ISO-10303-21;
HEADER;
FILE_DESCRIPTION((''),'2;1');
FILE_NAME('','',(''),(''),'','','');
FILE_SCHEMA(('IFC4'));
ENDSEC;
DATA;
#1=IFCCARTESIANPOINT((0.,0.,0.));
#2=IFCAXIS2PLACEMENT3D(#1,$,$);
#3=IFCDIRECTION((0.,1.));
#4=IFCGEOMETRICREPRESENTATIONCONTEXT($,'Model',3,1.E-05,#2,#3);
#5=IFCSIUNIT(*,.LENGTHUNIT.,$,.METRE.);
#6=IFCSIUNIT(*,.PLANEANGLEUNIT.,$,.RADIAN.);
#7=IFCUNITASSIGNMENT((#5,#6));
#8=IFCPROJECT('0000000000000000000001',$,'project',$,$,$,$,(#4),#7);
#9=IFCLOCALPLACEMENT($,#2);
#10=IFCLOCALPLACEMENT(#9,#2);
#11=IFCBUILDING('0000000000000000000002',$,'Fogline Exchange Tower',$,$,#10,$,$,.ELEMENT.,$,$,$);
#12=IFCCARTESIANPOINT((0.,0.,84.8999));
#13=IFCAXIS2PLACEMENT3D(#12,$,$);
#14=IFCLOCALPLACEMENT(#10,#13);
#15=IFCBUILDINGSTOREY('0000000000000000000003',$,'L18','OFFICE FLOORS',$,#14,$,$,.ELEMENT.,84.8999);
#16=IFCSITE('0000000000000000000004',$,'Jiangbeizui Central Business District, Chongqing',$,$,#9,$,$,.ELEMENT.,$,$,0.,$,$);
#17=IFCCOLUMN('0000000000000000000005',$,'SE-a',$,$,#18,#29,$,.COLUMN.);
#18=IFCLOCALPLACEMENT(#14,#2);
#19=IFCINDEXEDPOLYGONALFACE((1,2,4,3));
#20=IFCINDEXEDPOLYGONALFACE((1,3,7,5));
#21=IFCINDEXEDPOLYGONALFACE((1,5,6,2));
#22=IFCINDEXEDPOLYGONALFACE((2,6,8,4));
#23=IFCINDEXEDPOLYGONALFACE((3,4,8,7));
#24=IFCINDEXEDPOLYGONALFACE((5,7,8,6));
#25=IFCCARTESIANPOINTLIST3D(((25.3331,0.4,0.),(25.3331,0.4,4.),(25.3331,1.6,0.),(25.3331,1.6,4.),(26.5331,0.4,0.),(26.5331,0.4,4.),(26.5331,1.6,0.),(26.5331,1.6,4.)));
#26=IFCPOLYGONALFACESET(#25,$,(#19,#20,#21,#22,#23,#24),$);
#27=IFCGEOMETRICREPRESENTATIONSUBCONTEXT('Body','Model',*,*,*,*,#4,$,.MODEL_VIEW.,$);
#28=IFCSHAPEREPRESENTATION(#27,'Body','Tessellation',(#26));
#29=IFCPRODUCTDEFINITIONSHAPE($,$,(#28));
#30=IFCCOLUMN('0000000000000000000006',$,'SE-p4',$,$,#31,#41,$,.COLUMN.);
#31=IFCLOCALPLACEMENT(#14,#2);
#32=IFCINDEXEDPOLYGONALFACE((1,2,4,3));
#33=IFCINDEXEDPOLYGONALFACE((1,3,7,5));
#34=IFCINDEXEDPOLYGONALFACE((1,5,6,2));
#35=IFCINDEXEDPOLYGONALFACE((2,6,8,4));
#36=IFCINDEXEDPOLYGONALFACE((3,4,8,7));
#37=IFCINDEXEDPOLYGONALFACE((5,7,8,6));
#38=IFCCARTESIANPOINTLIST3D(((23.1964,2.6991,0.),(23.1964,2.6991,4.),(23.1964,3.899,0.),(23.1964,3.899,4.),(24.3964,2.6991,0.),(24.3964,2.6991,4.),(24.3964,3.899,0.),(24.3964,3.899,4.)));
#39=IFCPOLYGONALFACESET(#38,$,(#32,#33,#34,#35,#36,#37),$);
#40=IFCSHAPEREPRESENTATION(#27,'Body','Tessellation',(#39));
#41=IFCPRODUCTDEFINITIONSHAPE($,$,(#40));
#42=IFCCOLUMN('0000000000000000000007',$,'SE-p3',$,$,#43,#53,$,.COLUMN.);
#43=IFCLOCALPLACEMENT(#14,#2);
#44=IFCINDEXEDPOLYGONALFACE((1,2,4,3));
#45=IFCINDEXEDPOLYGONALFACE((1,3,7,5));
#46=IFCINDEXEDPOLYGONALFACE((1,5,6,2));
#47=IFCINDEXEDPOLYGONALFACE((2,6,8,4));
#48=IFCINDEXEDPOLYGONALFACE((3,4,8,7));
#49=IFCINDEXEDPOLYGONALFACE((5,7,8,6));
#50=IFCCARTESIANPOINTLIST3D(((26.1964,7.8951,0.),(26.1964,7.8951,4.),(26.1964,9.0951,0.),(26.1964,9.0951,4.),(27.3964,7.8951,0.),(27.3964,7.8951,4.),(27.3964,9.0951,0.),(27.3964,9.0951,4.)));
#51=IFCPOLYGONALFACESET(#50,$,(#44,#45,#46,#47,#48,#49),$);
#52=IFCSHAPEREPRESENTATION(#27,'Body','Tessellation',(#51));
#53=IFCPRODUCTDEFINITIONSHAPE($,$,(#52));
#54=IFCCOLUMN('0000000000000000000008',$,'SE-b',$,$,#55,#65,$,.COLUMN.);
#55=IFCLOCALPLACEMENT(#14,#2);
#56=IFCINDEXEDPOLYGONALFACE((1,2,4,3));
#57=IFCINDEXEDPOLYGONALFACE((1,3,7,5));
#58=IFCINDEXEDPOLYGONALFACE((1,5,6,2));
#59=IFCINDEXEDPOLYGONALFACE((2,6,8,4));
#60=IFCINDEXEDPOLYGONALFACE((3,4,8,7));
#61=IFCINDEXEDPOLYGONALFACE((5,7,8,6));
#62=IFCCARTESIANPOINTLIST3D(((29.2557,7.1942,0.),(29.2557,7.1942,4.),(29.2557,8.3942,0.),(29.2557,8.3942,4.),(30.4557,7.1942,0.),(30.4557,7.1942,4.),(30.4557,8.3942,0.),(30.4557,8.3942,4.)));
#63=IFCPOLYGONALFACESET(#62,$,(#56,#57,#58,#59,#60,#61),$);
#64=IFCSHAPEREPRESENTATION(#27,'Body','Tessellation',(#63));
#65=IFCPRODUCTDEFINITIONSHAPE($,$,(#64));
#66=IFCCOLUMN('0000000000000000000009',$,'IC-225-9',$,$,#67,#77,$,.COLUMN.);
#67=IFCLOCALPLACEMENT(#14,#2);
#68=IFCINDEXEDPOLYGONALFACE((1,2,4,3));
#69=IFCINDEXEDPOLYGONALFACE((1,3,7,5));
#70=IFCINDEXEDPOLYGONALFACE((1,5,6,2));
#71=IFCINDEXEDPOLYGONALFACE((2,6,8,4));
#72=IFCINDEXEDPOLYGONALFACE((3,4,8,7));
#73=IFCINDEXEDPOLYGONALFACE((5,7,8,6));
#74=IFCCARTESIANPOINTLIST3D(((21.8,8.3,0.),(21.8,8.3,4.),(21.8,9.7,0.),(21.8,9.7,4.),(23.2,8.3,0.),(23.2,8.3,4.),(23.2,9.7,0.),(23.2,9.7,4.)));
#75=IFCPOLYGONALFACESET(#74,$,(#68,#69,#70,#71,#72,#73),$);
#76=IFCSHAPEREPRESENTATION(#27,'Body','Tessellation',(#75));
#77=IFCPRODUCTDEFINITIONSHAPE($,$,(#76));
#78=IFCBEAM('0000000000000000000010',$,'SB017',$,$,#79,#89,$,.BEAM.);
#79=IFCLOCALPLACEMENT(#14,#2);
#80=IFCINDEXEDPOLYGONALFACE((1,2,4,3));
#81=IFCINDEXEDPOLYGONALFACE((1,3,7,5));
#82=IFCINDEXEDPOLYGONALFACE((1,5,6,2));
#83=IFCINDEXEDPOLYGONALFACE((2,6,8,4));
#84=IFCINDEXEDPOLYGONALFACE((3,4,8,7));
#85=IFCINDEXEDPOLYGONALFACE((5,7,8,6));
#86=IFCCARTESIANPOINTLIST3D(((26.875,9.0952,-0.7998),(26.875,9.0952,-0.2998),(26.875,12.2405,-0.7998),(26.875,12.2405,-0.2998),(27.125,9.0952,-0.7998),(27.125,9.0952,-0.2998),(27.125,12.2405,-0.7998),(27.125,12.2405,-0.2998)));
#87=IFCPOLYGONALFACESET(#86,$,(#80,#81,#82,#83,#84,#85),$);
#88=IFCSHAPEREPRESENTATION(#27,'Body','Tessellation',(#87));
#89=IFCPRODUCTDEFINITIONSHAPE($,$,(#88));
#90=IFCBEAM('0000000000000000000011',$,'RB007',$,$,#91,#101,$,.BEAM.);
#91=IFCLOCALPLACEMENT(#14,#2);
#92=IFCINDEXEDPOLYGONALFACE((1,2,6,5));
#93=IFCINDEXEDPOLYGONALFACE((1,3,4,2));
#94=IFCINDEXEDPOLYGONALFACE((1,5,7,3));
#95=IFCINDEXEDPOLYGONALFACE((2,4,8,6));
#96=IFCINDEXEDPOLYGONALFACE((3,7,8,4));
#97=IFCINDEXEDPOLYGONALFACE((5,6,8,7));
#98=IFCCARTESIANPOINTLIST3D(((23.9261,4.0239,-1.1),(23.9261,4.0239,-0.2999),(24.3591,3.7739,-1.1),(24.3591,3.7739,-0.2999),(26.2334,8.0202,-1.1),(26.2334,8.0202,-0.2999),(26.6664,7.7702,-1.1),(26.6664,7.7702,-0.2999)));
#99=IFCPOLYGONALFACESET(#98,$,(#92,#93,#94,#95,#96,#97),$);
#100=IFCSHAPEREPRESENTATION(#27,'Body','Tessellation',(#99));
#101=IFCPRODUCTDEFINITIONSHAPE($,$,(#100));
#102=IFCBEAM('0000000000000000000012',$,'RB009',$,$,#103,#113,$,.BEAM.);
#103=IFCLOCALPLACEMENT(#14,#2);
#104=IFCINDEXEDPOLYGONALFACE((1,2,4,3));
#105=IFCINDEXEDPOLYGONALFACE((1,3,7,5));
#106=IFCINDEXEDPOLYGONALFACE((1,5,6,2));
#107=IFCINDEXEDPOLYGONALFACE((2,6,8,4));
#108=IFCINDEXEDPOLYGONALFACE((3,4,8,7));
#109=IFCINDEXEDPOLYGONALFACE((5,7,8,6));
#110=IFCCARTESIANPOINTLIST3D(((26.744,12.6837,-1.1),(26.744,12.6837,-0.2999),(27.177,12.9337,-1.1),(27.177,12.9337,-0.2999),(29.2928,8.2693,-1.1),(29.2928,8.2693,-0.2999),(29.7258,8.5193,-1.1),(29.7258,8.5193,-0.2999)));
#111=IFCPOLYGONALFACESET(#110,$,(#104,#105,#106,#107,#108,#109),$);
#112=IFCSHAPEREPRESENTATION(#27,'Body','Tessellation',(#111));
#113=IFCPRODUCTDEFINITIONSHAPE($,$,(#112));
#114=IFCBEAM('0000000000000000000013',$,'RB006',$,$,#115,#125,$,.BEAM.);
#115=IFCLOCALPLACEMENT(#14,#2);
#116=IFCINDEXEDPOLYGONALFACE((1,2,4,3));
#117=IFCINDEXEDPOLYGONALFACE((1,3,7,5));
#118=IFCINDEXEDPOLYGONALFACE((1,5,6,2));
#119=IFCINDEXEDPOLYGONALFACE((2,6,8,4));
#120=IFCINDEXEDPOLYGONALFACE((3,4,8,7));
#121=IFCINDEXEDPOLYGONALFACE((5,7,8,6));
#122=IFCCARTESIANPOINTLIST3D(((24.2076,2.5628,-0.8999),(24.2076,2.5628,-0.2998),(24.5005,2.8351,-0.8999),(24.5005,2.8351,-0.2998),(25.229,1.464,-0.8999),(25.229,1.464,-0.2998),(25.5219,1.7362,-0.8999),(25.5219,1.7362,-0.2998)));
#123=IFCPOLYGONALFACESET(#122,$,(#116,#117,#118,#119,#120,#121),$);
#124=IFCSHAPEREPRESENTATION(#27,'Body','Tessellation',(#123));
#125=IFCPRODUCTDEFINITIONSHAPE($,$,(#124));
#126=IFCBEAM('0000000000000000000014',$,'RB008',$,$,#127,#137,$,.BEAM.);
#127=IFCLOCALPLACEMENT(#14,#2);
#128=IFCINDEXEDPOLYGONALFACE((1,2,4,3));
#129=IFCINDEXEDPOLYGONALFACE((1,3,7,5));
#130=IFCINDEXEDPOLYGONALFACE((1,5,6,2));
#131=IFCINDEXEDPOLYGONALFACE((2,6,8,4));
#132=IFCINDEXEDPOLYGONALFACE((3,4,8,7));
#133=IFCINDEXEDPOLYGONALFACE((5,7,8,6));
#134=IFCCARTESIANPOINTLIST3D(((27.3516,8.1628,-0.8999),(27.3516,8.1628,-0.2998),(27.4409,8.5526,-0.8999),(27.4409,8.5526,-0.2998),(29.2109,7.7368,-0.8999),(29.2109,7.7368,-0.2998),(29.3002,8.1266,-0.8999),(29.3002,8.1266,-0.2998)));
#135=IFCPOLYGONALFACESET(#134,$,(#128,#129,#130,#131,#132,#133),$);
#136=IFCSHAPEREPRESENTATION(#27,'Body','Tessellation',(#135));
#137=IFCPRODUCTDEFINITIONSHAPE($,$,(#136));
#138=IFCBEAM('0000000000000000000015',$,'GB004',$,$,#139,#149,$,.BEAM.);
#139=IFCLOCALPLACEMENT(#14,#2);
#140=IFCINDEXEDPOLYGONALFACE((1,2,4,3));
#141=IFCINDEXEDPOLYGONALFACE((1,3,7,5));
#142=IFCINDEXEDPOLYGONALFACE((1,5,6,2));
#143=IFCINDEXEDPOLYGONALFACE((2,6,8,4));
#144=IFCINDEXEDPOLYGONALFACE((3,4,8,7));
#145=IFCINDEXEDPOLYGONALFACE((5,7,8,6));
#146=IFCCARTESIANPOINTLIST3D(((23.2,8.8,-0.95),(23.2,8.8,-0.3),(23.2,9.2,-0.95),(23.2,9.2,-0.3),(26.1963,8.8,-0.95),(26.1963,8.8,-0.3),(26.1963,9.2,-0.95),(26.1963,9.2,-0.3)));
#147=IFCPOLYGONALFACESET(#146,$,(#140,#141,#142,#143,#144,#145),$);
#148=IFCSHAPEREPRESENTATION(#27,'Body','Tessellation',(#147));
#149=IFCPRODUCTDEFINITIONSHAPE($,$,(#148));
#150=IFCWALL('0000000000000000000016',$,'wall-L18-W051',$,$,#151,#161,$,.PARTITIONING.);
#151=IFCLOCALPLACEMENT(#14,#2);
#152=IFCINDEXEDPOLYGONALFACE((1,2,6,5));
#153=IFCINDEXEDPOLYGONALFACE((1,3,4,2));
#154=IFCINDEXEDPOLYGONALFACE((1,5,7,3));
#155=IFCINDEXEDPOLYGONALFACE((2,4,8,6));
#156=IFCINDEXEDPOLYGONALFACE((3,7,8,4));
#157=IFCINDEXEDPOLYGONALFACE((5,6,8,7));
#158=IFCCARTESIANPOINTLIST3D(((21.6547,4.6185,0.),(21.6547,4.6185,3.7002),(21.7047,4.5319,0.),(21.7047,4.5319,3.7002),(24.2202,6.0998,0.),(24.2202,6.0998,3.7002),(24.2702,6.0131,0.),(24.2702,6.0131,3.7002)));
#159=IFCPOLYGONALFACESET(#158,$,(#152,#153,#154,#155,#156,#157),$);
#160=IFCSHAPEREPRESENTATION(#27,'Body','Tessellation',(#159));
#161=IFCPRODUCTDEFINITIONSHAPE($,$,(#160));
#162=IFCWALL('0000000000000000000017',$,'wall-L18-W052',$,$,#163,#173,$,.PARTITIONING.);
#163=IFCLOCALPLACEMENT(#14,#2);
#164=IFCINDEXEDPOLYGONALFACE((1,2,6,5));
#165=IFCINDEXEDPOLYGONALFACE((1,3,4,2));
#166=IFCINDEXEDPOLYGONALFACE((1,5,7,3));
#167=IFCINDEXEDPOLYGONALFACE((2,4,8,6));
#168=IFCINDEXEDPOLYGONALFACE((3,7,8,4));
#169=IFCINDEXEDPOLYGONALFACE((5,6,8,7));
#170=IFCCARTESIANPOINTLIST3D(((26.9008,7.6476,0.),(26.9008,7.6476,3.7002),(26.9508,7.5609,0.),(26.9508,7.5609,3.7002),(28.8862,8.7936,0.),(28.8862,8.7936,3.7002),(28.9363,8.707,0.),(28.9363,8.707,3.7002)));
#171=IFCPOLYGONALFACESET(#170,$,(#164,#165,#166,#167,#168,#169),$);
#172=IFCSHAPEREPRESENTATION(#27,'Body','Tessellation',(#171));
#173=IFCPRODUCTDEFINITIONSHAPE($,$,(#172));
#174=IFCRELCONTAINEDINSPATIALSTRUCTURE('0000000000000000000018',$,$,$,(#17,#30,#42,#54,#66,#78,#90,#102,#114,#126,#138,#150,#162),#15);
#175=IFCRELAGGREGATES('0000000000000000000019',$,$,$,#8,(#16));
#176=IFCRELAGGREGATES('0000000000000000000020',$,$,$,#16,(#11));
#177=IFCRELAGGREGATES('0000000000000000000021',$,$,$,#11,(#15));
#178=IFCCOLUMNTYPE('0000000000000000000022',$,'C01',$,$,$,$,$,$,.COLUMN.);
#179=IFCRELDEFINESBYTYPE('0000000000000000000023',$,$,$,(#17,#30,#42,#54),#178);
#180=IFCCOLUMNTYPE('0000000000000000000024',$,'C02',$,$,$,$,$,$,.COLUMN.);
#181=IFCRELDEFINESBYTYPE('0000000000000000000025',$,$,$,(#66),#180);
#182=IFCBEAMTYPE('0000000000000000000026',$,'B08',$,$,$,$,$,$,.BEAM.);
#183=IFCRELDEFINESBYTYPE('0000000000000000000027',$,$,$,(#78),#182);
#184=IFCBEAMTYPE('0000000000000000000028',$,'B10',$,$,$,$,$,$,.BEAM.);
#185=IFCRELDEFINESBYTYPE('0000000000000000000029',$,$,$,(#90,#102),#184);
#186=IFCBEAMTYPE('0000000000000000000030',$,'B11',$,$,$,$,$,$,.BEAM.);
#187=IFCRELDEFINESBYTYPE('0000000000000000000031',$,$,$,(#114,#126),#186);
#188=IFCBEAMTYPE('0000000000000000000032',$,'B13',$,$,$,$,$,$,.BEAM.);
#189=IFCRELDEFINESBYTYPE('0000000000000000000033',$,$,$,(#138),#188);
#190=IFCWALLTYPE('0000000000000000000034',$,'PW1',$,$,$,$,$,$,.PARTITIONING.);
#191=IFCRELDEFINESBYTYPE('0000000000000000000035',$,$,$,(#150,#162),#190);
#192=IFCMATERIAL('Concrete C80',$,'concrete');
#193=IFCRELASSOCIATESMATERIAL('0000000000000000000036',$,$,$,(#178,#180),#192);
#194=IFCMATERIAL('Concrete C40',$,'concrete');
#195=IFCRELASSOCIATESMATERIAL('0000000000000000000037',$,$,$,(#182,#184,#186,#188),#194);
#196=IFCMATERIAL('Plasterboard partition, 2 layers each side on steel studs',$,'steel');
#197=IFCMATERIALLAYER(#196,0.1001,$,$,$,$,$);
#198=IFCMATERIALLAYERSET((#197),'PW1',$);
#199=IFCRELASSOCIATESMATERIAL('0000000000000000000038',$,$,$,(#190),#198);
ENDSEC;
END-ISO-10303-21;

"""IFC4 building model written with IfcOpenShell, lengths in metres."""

from ifc_helpers import new_model, si_unit, direction, frame, frame_2d, origin, origin_2d, place, context, subcontext, project, spatial, rectangle, extrude, material, layer, layer_set, material_profile, profile_set, type_object, element, save


model = new_model("IFC4")

# Units and contexts
model_context = context("Model", 3, precision=1e-05, world=origin(), true_north=direction((0.0, 1.0)))
body_context = subcontext(model_context, "Body", "Model", "MODEL_VIEW")
ifc_project = project(units=[si_unit("LENGTHUNIT", "METRE"), si_unit("PLANEANGLEUNIT", "RADIAN")], contexts=[model_context])

# Site, building, storey
site_placement = place(None, origin())
site = spatial("IfcSite", under=ifc_project, at=site_placement, Name="Jiangbeizui Central Business District, Chongqing", CompositionType="ELEMENT", RefElevation=0.0)
building_placement = place(site_placement, origin())
building = spatial("IfcBuilding", under=site, at=building_placement, Name="Fogline Exchange Tower", CompositionType="ELEMENT")
storey_placement = place(building_placement, frame((0.0, 0.0, 84.8999)))
storey = spatial("IfcBuildingStorey", under=building, at=storey_placement, Name="L18", Description="OFFICE FLOORS", CompositionType="ELEMENT", Elevation=84.8999)

# Columns
ifc_material_1 = material(Name="Concrete C80", Category="concrete")
ifc_material_profile_1 = material_profile(ifc_material_1, rectangle(XDim=1.2, YDim=1.2, at=origin_2d()), Name="RC 1200x1200")
ifc_profile_set_1 = profile_set([ifc_material_profile_1], Name="Concrete C80")
column_type_1 = type_object("IfcColumnType", Name="C01", PredefinedType="COLUMN", material=ifc_profile_set_1)
for number, where, z_axis, x_axis, name in (
    (1, (25.9331, 1.0, 0.0), (0.0, 0.0, 1.0), (1.0, 0.0, 0.0), "SE-a"),
    (2, (23.7964, 3.2991, 0.0), (0.0, 0.0, 1.0), (1.0, 0.0, 0.0), "SE-p4"),
    (3, (26.7964, 8.4951, 0.0), (0.0, 0.0, 1.0), (1.0, 0.0, 0.0), "SE-p3"),
    (4, (29.8557, 7.7942, 0.0), (0.0, 0.0, 1.0), (1.0, 0.0, 0.0), "SE-b"),
):
    element("IfcColumn", number, at=place(storey_placement, frame(where, z_axis=z_axis, x_axis=x_axis)), inside=storey, type_object=column_type_1, Name=name, PredefinedType="COLUMN", context=body_context, shape_type="SweptSolid", body=[
        extrude(rectangle(XDim=1.2, YDim=1.2, at=origin_2d()), origin(), (0.0, 0.0, 1.0), 4.0),
    ])
ifc_material_profile_2 = material_profile(ifc_material_1, rectangle(XDim=1.3999, YDim=1.3999, at=origin_2d()), Name="RC 1400x1400")
ifc_profile_set_2 = profile_set([ifc_material_profile_2], Name="Concrete C80")
column_type_2 = type_object("IfcColumnType", Name="C02", PredefinedType="COLUMN", material=ifc_profile_set_2)
column_placement = place(storey_placement, frame((22.5, 9.0, 0.0), z_axis=(0.0, 0.0, 1.0), x_axis=(1.0, 0.0, 0.0)))
element("IfcColumn", 5, at=column_placement, inside=storey, type_object=column_type_2, Name="IC-225-9", PredefinedType="COLUMN", context=body_context, shape_type="SweptSolid", body=[
    extrude(rectangle(XDim=1.3999, YDim=1.3999, at=origin_2d()), origin(), (0.0, 0.0, 1.0), 4.0),
])

# Beams
ifc_material_2 = material(Name="Concrete C40", Category="concrete")
ifc_material_profile_3 = material_profile(ifc_material_2, rectangle(XDim=0.25, YDim=0.5, at=origin_2d()), Name="RC 250x500")
ifc_profile_set_3 = profile_set([ifc_material_profile_3], Name="Concrete C40")
beam_type_1 = type_object("IfcBeamType", Name="B08", PredefinedType="BEAM", material=ifc_profile_set_3)
beam_1_placement = place(storey_placement, frame((27.0, 9.0952, -0.5498), z_axis=(0.0, 1.0, 0.0), x_axis=(-1.0, 0.0, 0.0)))
element("IfcBeam", 6, at=beam_1_placement, inside=storey, type_object=beam_type_1, Name="SB017", PredefinedType="BEAM", context=body_context, shape_type="SweptSolid", body=[
    extrude(rectangle(XDim=0.25, YDim=0.5, at=origin_2d()), origin(), (0.0, 0.0, 1.0), 3.1453),
])
ifc_material_profile_4 = material_profile(ifc_material_2, rectangle(XDim=0.5, YDim=0.8, at=origin_2d()), Name="RC 500x800")
ifc_profile_set_4 = profile_set([ifc_material_profile_4], Name="Concrete C40")
beam_type_2 = type_object("IfcBeamType", Name="B10", PredefinedType="BEAM", material=ifc_profile_set_4)
beam_2_placement = place(storey_placement, frame((24.1426, 3.8989, -0.7), z_axis=(0.500014, 0.866017, 0.0), x_axis=(-0.866017, 0.500014, 0.0)))
element("IfcBeam", 7, at=beam_2_placement, inside=storey, type_object=beam_type_2, Name="RB007", PredefinedType="BEAM", context=body_context, shape_type="SweptSolid", body=[
    extrude(rectangle(XDim=0.5, YDim=0.8, at=origin_2d()), origin(), (0.0, 0.0, 1.0), 4.6145),
])
beam_3_placement = place(storey_placement, frame((29.5093, 8.3943, -0.7), z_axis=(-0.500013, 0.866018, 0.0), x_axis=(-0.866018, -0.500013, 0.0)))
element("IfcBeam", 8, at=beam_3_placement, inside=storey, type_object=beam_type_2, Name="RB009", PredefinedType="BEAM", context=body_context, shape_type="SweptSolid", body=[
    extrude(rectangle(XDim=0.5, YDim=0.8, at=origin_2d()), origin(), (0.0, 0.0, 1.0), 5.0974),
])
ifc_material_profile_5 = material_profile(ifc_material_2, rectangle(XDim=0.3999, YDim=0.6001, at=origin_2d()), Name="RC 400x600")
ifc_profile_set_5 = profile_set([ifc_material_profile_5], Name="Concrete C40")
beam_type_3 = type_object("IfcBeamType", Name="B11", PredefinedType="BEAM", material=ifc_profile_set_5)
beam_4_placement = place(storey_placement, frame((25.3755, 1.6001, -0.5999), z_axis=(-0.680844, 0.732428, 0.0), x_axis=(-0.732428, -0.680844, 0.0)))
element("IfcBeam", 9, at=beam_4_placement, inside=storey, type_object=beam_type_3, Name="RB006", PredefinedType="BEAM", context=body_context, shape_type="SweptSolid", body=[
    extrude(rectangle(XDim=0.3999, YDim=0.6001, at=origin_2d()), origin(), (0.0, 0.0, 1.0), 1.5002),
])
beam_5_placement = place(storey_placement, frame((27.3962, 8.3577, -0.5999), z_axis=(0.974742, -0.223336, 0.0), x_axis=(0.223336, 0.974742, 0.0)))
element("IfcBeam", 10, at=beam_5_placement, inside=storey, type_object=beam_type_3, Name="RB008", PredefinedType="BEAM", context=body_context, shape_type="SweptSolid", body=[
    extrude(rectangle(XDim=0.3999, YDim=0.6001, at=origin_2d()), origin(), (0.0, 0.0, 1.0), 1.9075),
])
ifc_material_profile_6 = material_profile(ifc_material_2, rectangle(XDim=0.3999, YDim=0.6499, at=origin_2d()), Name="RC 400x650")
ifc_profile_set_6 = profile_set([ifc_material_profile_6], Name="Concrete C40")
beam_type_4 = type_object("IfcBeamType", Name="B13", PredefinedType="BEAM", material=ifc_profile_set_6)
beam_6_placement = place(storey_placement, frame((23.2, 9.0, -0.625), z_axis=(1.0, 0.0, 0.0), x_axis=(0.0, 1.0, 0.0)))
element("IfcBeam", 11, at=beam_6_placement, inside=storey, type_object=beam_type_4, Name="GB004", PredefinedType="BEAM", context=body_context, shape_type="SweptSolid", body=[
    extrude(rectangle(XDim=0.3999, YDim=0.6499, at=origin_2d()), origin(), (0.0, 0.0, 1.0), 2.9963),
])

# Walls
ifc_material_3 = material(Name="Plasterboard partition, 2 layers each side on steel studs", Category="steel")
ifc_layer_1 = layer(ifc_material_3, 0.1001)
ifc_layer_set_1 = layer_set([ifc_layer_1], Name="PW1")
wall_type_1 = type_object("IfcWallType", Name="PW1", PredefinedType="PARTITIONING", material=ifc_layer_set_1)
wall_1_placement = place(storey_placement, frame((21.6797, 4.5752, 0.0), z_axis=(0.0, 0.0, 1.0), x_axis=(0.866018, 0.500013, 0.0)))
element("IfcWall", 12, at=wall_1_placement, inside=storey, type_object=wall_type_1, Name="wall-L18-W051", PredefinedType="PARTITIONING", context=body_context, shape_type="SweptSolid", body=[
    extrude(rectangle(XDim=2.9624, YDim=0.1001, at=frame_2d((1.4812, 0.0))), origin(), (0.0, 0.0, 1.0), 3.7002),
])
wall_2_placement = place(storey_placement, frame((26.9258, 7.6042, 0.0), z_axis=(0.0, 0.0, 1.0), x_axis=(0.866072, 0.499919, 0.0)))
element("IfcWall", 13, at=wall_2_placement, inside=storey, type_object=wall_type_1, Name="wall-L18-W052", PredefinedType="PARTITIONING", context=body_context, shape_type="SweptSolid", body=[
    extrude(rectangle(XDim=2.2925, YDim=0.1001, at=frame_2d((1.1462, 0.0))), origin(), (0.0, 0.0, 1.0), 3.7002),
])

save(model, "model.ifc")
